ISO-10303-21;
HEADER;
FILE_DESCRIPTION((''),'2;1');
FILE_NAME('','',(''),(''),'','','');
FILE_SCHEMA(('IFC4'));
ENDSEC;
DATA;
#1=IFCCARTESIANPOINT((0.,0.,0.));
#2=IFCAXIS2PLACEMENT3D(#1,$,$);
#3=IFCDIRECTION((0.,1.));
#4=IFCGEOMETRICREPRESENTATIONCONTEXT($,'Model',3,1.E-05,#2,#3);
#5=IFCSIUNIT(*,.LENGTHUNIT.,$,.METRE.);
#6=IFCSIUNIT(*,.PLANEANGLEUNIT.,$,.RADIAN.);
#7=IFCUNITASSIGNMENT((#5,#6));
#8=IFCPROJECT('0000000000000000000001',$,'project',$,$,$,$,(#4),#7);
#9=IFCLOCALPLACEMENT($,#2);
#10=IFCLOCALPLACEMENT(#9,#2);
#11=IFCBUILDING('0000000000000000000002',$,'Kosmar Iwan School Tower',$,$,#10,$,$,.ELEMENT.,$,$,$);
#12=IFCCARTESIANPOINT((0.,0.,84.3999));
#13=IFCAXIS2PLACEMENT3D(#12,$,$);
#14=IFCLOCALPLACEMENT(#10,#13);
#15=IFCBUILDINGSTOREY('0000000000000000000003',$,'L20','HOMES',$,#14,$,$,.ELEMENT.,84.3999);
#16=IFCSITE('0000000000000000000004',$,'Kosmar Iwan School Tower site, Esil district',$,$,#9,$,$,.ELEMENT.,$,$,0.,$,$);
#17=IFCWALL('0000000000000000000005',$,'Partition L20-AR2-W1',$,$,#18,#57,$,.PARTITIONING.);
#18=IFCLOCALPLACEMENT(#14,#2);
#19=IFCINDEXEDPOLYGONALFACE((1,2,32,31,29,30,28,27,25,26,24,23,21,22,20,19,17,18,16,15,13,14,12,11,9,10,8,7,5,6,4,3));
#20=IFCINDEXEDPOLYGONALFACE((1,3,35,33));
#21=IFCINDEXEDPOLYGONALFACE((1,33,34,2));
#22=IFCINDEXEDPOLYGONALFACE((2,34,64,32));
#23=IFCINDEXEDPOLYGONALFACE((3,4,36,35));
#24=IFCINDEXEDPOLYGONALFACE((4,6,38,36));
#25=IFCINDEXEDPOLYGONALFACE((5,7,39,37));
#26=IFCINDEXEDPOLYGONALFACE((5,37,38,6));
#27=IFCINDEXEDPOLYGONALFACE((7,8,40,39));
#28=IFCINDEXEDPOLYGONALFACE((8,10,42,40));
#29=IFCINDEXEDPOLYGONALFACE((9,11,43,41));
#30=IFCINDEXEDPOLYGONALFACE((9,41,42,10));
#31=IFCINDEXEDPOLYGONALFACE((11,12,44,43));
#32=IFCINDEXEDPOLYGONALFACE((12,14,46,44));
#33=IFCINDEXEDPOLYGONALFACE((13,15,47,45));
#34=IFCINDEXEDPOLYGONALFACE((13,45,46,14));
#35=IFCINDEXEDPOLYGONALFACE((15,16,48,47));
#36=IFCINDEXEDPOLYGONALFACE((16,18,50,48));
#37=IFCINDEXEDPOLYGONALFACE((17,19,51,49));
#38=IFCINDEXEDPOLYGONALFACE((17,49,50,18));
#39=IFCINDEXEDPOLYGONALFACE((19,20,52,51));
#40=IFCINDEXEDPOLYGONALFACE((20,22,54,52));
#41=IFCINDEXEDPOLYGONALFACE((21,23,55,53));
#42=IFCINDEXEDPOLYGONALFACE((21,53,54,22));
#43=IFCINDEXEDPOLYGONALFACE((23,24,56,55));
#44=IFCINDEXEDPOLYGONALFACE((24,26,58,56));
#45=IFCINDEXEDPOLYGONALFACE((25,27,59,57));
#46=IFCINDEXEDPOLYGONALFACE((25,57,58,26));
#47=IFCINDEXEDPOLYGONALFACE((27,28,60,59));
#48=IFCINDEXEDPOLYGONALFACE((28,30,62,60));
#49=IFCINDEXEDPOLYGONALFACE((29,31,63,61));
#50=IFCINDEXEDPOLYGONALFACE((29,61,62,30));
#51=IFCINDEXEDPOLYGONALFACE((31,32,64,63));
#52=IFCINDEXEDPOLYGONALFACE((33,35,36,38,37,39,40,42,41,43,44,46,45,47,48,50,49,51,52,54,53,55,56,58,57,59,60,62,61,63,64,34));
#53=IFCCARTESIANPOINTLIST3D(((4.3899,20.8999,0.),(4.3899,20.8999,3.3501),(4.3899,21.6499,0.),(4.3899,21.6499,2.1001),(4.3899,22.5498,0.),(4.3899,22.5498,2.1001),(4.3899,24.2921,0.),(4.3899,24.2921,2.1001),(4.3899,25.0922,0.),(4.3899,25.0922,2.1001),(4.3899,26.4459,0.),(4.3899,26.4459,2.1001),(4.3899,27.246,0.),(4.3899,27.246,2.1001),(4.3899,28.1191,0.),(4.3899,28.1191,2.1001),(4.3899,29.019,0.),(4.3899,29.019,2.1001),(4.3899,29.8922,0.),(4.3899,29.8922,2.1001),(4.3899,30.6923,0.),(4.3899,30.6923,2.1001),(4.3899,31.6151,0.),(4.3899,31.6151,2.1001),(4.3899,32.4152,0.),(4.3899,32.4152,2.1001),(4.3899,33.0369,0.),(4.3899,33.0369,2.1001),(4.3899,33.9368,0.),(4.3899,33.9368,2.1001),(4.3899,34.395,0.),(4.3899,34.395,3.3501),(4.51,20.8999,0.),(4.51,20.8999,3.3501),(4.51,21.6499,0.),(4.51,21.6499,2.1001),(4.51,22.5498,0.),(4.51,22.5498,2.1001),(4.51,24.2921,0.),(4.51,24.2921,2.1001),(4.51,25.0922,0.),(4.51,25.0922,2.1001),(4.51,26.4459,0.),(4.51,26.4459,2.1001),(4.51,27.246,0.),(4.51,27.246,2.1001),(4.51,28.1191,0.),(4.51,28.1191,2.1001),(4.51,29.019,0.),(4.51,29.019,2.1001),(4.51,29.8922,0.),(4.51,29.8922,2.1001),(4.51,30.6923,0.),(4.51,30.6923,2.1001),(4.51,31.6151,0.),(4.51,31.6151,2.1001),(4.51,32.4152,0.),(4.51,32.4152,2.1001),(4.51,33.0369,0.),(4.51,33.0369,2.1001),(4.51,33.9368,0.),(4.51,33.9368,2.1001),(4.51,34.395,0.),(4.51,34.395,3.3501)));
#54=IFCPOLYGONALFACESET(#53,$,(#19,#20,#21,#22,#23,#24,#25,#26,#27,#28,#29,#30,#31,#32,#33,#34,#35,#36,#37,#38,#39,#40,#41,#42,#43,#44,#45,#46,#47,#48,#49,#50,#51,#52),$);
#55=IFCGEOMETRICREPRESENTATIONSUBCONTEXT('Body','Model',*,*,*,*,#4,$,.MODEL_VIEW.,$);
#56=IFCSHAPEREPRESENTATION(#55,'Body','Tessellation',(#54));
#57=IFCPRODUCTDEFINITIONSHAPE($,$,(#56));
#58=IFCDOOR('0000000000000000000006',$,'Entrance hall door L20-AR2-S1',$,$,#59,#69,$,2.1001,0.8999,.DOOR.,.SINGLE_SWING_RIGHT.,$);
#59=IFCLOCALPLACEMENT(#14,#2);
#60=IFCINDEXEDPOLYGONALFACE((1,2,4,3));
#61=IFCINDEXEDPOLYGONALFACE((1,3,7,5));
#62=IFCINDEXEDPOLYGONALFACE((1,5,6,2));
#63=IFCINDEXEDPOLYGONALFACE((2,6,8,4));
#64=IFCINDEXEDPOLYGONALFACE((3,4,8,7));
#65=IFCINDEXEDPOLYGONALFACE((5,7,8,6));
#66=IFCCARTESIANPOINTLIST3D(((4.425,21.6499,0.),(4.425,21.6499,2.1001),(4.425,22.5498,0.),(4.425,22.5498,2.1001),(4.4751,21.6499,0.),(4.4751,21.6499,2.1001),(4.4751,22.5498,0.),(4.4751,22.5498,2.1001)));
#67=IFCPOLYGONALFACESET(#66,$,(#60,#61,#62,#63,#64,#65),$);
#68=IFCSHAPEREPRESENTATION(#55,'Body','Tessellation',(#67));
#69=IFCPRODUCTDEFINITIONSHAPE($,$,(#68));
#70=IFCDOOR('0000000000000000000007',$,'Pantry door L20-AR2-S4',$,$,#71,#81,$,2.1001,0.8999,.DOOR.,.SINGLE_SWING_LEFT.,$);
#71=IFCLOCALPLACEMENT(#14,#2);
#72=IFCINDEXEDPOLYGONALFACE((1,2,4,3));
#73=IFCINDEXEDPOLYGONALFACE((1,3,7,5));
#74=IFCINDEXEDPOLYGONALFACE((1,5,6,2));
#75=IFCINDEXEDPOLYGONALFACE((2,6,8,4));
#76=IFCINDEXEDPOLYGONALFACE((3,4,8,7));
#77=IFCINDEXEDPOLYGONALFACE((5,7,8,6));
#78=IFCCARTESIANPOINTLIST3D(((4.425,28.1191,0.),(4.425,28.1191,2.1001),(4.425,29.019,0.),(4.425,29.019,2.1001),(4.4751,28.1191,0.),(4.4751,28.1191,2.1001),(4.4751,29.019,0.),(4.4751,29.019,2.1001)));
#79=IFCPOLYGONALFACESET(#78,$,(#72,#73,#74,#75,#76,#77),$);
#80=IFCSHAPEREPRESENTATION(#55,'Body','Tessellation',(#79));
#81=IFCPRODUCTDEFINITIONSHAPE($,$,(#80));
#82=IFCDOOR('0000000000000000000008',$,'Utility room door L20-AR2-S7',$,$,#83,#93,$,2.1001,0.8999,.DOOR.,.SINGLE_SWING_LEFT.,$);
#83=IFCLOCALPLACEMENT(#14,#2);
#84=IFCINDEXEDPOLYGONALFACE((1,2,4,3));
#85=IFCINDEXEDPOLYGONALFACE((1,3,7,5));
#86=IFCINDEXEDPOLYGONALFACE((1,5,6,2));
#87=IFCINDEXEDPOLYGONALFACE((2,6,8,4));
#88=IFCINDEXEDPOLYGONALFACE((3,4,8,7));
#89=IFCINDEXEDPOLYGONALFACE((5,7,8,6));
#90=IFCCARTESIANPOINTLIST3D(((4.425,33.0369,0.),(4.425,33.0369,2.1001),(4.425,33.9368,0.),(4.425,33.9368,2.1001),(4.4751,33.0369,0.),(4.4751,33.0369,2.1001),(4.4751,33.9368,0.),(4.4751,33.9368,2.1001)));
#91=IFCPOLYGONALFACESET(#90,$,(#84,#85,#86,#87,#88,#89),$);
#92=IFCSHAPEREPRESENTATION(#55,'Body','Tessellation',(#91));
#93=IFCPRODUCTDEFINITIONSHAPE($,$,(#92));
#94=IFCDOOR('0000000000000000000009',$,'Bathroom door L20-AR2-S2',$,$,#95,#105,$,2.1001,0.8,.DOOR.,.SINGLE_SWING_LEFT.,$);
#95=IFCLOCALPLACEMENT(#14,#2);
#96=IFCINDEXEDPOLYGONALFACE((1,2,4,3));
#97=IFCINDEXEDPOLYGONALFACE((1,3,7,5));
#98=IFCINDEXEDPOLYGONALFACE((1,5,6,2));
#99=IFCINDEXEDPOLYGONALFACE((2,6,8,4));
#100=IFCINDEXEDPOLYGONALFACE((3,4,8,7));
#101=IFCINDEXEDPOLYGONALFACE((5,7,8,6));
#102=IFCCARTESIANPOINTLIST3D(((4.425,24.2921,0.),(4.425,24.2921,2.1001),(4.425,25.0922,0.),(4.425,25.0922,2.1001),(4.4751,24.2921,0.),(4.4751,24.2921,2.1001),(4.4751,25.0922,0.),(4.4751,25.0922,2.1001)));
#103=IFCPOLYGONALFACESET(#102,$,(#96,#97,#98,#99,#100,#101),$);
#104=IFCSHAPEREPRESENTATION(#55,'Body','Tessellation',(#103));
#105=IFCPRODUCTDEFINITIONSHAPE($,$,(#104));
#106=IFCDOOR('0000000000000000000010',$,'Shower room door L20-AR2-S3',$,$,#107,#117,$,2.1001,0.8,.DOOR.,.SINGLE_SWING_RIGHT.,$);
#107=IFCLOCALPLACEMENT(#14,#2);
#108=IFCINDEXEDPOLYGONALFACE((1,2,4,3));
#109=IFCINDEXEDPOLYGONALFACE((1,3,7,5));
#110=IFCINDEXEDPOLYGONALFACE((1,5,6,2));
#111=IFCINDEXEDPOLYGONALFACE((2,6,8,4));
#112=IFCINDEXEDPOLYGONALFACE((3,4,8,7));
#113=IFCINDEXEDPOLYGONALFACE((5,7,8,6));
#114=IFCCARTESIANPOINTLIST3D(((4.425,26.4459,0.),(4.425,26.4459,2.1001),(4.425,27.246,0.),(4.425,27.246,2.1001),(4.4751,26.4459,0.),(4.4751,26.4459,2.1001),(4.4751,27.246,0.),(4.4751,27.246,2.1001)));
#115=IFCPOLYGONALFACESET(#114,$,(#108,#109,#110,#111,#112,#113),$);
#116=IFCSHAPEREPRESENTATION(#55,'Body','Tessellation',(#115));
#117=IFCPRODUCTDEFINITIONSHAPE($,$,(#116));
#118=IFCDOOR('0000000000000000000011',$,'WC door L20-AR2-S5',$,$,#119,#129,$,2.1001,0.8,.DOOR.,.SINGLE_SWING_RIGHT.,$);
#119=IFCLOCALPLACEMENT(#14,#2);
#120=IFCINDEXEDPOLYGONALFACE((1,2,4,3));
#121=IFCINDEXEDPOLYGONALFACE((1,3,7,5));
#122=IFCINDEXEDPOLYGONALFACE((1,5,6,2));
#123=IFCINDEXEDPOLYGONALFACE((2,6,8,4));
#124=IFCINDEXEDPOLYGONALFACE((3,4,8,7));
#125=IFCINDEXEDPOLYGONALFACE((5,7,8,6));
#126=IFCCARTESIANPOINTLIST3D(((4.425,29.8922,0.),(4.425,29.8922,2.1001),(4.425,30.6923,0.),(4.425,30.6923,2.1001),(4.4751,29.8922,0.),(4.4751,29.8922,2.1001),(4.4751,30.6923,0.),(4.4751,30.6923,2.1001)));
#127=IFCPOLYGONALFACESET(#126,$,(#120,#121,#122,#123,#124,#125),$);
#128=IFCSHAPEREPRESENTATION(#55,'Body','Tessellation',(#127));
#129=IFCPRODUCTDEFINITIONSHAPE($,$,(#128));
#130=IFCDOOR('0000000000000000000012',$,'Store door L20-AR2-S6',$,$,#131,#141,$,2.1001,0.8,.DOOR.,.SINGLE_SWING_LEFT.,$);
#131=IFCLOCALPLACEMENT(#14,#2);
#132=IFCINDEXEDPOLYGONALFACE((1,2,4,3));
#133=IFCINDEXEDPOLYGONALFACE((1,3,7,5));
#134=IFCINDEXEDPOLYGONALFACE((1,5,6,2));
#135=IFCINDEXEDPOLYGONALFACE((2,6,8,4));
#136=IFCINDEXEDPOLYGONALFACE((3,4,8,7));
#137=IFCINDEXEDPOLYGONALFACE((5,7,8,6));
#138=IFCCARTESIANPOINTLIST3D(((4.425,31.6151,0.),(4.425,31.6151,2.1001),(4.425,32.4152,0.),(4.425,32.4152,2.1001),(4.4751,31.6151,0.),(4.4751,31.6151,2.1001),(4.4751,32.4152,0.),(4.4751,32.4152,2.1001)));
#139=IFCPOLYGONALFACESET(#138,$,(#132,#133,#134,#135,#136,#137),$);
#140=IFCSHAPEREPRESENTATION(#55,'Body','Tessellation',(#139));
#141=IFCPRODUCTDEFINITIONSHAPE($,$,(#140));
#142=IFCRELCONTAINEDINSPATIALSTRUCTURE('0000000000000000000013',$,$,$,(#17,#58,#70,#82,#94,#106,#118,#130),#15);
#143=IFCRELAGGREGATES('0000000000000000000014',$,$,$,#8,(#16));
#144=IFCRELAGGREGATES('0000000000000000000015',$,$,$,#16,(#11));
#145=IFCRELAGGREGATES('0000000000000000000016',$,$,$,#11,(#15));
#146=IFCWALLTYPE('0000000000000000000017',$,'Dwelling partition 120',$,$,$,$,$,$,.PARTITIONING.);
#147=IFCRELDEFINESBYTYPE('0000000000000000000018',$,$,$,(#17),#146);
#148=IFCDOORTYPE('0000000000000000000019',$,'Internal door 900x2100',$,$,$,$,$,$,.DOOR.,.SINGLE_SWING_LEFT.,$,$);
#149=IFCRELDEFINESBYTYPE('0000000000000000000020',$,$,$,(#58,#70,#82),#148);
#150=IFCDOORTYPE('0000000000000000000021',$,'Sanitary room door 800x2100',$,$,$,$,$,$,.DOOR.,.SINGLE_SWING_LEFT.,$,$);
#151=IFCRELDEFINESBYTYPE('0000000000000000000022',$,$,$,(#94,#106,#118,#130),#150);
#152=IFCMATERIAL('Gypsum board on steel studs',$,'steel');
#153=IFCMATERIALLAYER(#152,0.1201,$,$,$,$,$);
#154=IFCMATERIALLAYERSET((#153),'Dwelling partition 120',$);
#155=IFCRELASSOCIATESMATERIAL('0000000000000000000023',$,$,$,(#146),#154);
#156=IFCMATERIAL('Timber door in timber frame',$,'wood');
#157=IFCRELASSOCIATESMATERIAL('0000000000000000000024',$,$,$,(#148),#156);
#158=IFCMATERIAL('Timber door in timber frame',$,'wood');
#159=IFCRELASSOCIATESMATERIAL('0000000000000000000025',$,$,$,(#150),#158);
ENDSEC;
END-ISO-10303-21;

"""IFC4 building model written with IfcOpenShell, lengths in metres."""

from ifc_helpers import new_model, si_unit, direction, frame, frame_2d, origin, place, context, subcontext, project, spatial, rectangle, extrude, material, layer, layer_set, type_object, element, fill, save


model = new_model("IFC4")

# Units and contexts
model_context = context("Model", 3, precision=1e-05, world=origin(), true_north=direction((0.0, 1.0)))
body_context = subcontext(model_context, "Body", "Model", "MODEL_VIEW")
ifc_project = project(units=[si_unit("LENGTHUNIT", "METRE"), si_unit("PLANEANGLEUNIT", "RADIAN")], contexts=[model_context])

# Site, building, storey
site_placement = place(None, origin())
site = spatial("IfcSite", under=ifc_project, at=site_placement, Name="Kosmar Iwan School Tower site, Esil district", CompositionType="ELEMENT", RefElevation=0.0)
building_placement = place(site_placement, origin())
building = spatial("IfcBuilding", under=site, at=building_placement, Name="Kosmar Iwan School Tower", CompositionType="ELEMENT")
storey_placement = place(building_placement, frame((0.0, 0.0, 84.3999)))
storey = spatial("IfcBuildingStorey", under=building, at=storey_placement, Name="L20", Description="HOMES", CompositionType="ELEMENT", Elevation=84.3999)

# Wall, openings, doors
ifc_material_1 = material(Name="Gypsum board on steel studs", Category="steel")
ifc_layer_1 = layer(ifc_material_1, 0.1201)
ifc_layer_set_1 = layer_set([ifc_layer_1], Name="Dwelling partition 120")
wall_type_1 = type_object("IfcWallType", Name="Dwelling partition 120", PredefinedType="PARTITIONING", material=ifc_layer_set_1)
wall_1_placement = place(storey_placement, frame((4.45, 20.8999, 0.0), z_axis=(0.0, 0.0, 1.0), x_axis=(0.0, 1.0, 0.0)))
wall_1 = element("IfcWall", 1, at=wall_1_placement, inside=storey, type_object=wall_type_1, Name="Partition L20-AR2-W1", PredefinedType="PARTITIONING", context=body_context, shape_type="SweptSolid", body=[
    extrude(rectangle(XDim=13.4951, YDim=0.1201, at=frame_2d((6.7476, 0.0))), origin(), (0.0, 0.0, 1.0), 3.3501),
])
opening_1_placement = place(wall_1_placement, frame((0.75, 0.0, 0.0)))
opening_1 = element("IfcOpeningElement", 2, at=opening_1_placement, cuts=wall_1, PredefinedType="OPENING", context=body_context, shape_type="SweptSolid", body=[
    extrude(rectangle(XDim=0.8999, YDim=2.1001, at=frame_2d((0.45, 1.05))), frame((0.0, 0.072, 0.0), z_axis=(0.0, -1.0, 0.0), x_axis=(1.0, 0.0, 0.0)), (0.0, 0.0, 1.0), 0.144),
])
opening_2_placement = place(wall_1_placement, frame((3.3923, 0.0, 0.0)))
opening_2 = element("IfcOpeningElement", 3, at=opening_2_placement, cuts=wall_1, PredefinedType="OPENING", context=body_context, shape_type="SweptSolid", body=[
    extrude(rectangle(XDim=0.8, YDim=2.1001, at=frame_2d((0.3999, 1.05))), frame((0.0, 0.072, 0.0), z_axis=(0.0, -1.0, 0.0), x_axis=(1.0, 0.0, 0.0)), (0.0, 0.0, 1.0), 0.144),
])
opening_3_placement = place(wall_1_placement, frame((5.5461, 0.0, 0.0)))
opening_3 = element("IfcOpeningElement", 4, at=opening_3_placement, cuts=wall_1, PredefinedType="OPENING", context=body_context, shape_type="SweptSolid", body=[
    extrude(rectangle(XDim=0.8, YDim=2.1001, at=frame_2d((0.3999, 1.05))), frame((0.0, 0.072, 0.0), z_axis=(0.0, -1.0, 0.0), x_axis=(1.0, 0.0, 0.0)), (0.0, 0.0, 1.0), 0.144),
])
opening_4_placement = place(wall_1_placement, frame((7.2192, 0.0, 0.0)))
opening_4 = element("IfcOpeningElement", 5, at=opening_4_placement, cuts=wall_1, PredefinedType="OPENING", context=body_context, shape_type="SweptSolid", body=[
    extrude(rectangle(XDim=0.8999, YDim=2.1001, at=frame_2d((0.45, 1.05))), frame((0.0, 0.072, 0.0), z_axis=(0.0, -1.0, 0.0), x_axis=(1.0, 0.0, 0.0)), (0.0, 0.0, 1.0), 0.144),
])
opening_5_placement = place(wall_1_placement, frame((8.9924, 0.0, 0.0)))
opening_5 = element("IfcOpeningElement", 6, at=opening_5_placement, cuts=wall_1, PredefinedType="OPENING", context=body_context, shape_type="SweptSolid", body=[
    extrude(rectangle(XDim=0.8, YDim=2.1001, at=frame_2d((0.3999, 1.05))), frame((0.0, 0.072, 0.0), z_axis=(0.0, -1.0, 0.0), x_axis=(1.0, 0.0, 0.0)), (0.0, 0.0, 1.0), 0.144),
])
opening_6_placement = place(wall_1_placement, frame((10.7153, 0.0, 0.0)))
opening_6 = element("IfcOpeningElement", 7, at=opening_6_placement, cuts=wall_1, PredefinedType="OPENING", context=body_context, shape_type="SweptSolid", body=[
    extrude(rectangle(XDim=0.8, YDim=2.1001, at=frame_2d((0.3999, 1.05))), frame((0.0, 0.072, 0.0), z_axis=(0.0, -1.0, 0.0), x_axis=(1.0, 0.0, 0.0)), (0.0, 0.0, 1.0), 0.144),
])
opening_7_placement = place(wall_1_placement, frame((12.137, 0.0, 0.0)))
opening_7 = element("IfcOpeningElement", 8, at=opening_7_placement, cuts=wall_1, PredefinedType="OPENING", context=body_context, shape_type="SweptSolid", body=[
    extrude(rectangle(XDim=0.8999, YDim=2.1001, at=frame_2d((0.45, 1.05))), frame((0.0, 0.072, 0.0), z_axis=(0.0, -1.0, 0.0), x_axis=(1.0, 0.0, 0.0)), (0.0, 0.0, 1.0), 0.144),
])
ifc_material_2 = material(Name="Timber door in timber frame", Category="wood")
door_type_1 = type_object("IfcDoorType", Name="Internal door 900x2100", OperationType="SINGLE_SWING_LEFT", PredefinedType="DOOR", material=ifc_material_2)
door_1_placement = place(opening_1_placement, origin())
door_1 = element("IfcDoor", 9, at=door_1_placement, inside=storey, type_object=door_type_1, Name="Entrance hall door L20-AR2-S1", OperationType="SINGLE_SWING_RIGHT", OverallHeight=2.1001, OverallWidth=0.8999, PredefinedType="DOOR", context=body_context, shape_type="SweptSolid", body=[
    extrude(rectangle(XDim=0.8999, YDim=2.1001, at=frame_2d((0.45, 1.05))), frame((0.0, 0.0249, 0.0), z_axis=(0.0, -1.0, 0.0), x_axis=(1.0, 0.0, 0.0)), (0.0, 0.0, 1.0), 0.05),
])
fill(opening_1, door_1)
door_2_placement = place(opening_4_placement, origin())
door_2 = element("IfcDoor", 10, at=door_2_placement, inside=storey, type_object=door_type_1, Name="Pantry door L20-AR2-S4", OperationType="SINGLE_SWING_LEFT", OverallHeight=2.1001, OverallWidth=0.8999, PredefinedType="DOOR", context=body_context, shape_type="SweptSolid", body=[
    extrude(rectangle(XDim=0.8999, YDim=2.1001, at=frame_2d((0.45, 1.05))), frame((0.0, 0.0249, 0.0), z_axis=(0.0, -1.0, 0.0), x_axis=(1.0, 0.0, 0.0)), (0.0, 0.0, 1.0), 0.05),
])
fill(opening_4, door_2)
door_3_placement = place(opening_7_placement, origin())
door_3 = element("IfcDoor", 11, at=door_3_placement, inside=storey, type_object=door_type_1, Name="Utility room door L20-AR2-S7", OperationType="SINGLE_SWING_LEFT", OverallHeight=2.1001, OverallWidth=0.8999, PredefinedType="DOOR", context=body_context, shape_type="SweptSolid", body=[
    extrude(rectangle(XDim=0.8999, YDim=2.1001, at=frame_2d((0.45, 1.05))), frame((0.0, 0.0249, 0.0), z_axis=(0.0, -1.0, 0.0), x_axis=(1.0, 0.0, 0.0)), (0.0, 0.0, 1.0), 0.05),
])
fill(opening_7, door_3)
ifc_material_3 = material(Name="Timber door in timber frame", Category="wood")
door_type_2 = type_object("IfcDoorType", Name="Sanitary room door 800x2100", OperationType="SINGLE_SWING_LEFT", PredefinedType="DOOR", material=ifc_material_3)
door_4_placement = place(opening_2_placement, origin())
door_4 = element("IfcDoor", 12, at=door_4_placement, inside=storey, type_object=door_type_2, Name="Bathroom door L20-AR2-S2", OperationType="SINGLE_SWING_LEFT", OverallHeight=2.1001, OverallWidth=0.8, PredefinedType="DOOR", context=body_context, shape_type="SweptSolid", body=[
    extrude(rectangle(XDim=0.8, YDim=2.1001, at=frame_2d((0.3999, 1.05))), frame((0.0, 0.0249, 0.0), z_axis=(0.0, -1.0, 0.0), x_axis=(1.0, 0.0, 0.0)), (0.0, 0.0, 1.0), 0.05),
])
fill(opening_2, door_4)
door_5_placement = place(opening_3_placement, origin())
door_5 = element("IfcDoor", 13, at=door_5_placement, inside=storey, type_object=door_type_2, Name="Shower room door L20-AR2-S3", OperationType="SINGLE_SWING_RIGHT", OverallHeight=2.1001, OverallWidth=0.8, PredefinedType="DOOR", context=body_context, shape_type="SweptSolid", body=[
    extrude(rectangle(XDim=0.8, YDim=2.1001, at=frame_2d((0.3999, 1.05))), frame((0.0, 0.0249, 0.0), z_axis=(0.0, -1.0, 0.0), x_axis=(1.0, 0.0, 0.0)), (0.0, 0.0, 1.0), 0.05),
])
fill(opening_3, door_5)
door_6_placement = place(opening_5_placement, origin())
door_6 = element("IfcDoor", 14, at=door_6_placement, inside=storey, type_object=door_type_2, Name="WC door L20-AR2-S5", OperationType="SINGLE_SWING_RIGHT", OverallHeight=2.1001, OverallWidth=0.8, PredefinedType="DOOR", context=body_context, shape_type="SweptSolid", body=[
    extrude(rectangle(XDim=0.8, YDim=2.1001, at=frame_2d((0.3999, 1.05))), frame((0.0, 0.0249, 0.0), z_axis=(0.0, -1.0, 0.0), x_axis=(1.0, 0.0, 0.0)), (0.0, 0.0, 1.0), 0.05),
])
fill(opening_5, door_6)
door_7_placement = place(opening_6_placement, origin())
door_7 = element("IfcDoor", 15, at=door_7_placement, inside=storey, type_object=door_type_2, Name="Store door L20-AR2-S6", OperationType="SINGLE_SWING_LEFT", OverallHeight=2.1001, OverallWidth=0.8, PredefinedType="DOOR", context=body_context, shape_type="SweptSolid", body=[
    extrude(rectangle(XDim=0.8, YDim=2.1001, at=frame_2d((0.3999, 1.05))), frame((0.0, 0.0249, 0.0), z_axis=(0.0, -1.0, 0.0), x_axis=(1.0, 0.0, 0.0)), (0.0, 0.0, 1.0), 0.05),
])
fill(opening_6, door_7)

save(model, "model.ifc")
